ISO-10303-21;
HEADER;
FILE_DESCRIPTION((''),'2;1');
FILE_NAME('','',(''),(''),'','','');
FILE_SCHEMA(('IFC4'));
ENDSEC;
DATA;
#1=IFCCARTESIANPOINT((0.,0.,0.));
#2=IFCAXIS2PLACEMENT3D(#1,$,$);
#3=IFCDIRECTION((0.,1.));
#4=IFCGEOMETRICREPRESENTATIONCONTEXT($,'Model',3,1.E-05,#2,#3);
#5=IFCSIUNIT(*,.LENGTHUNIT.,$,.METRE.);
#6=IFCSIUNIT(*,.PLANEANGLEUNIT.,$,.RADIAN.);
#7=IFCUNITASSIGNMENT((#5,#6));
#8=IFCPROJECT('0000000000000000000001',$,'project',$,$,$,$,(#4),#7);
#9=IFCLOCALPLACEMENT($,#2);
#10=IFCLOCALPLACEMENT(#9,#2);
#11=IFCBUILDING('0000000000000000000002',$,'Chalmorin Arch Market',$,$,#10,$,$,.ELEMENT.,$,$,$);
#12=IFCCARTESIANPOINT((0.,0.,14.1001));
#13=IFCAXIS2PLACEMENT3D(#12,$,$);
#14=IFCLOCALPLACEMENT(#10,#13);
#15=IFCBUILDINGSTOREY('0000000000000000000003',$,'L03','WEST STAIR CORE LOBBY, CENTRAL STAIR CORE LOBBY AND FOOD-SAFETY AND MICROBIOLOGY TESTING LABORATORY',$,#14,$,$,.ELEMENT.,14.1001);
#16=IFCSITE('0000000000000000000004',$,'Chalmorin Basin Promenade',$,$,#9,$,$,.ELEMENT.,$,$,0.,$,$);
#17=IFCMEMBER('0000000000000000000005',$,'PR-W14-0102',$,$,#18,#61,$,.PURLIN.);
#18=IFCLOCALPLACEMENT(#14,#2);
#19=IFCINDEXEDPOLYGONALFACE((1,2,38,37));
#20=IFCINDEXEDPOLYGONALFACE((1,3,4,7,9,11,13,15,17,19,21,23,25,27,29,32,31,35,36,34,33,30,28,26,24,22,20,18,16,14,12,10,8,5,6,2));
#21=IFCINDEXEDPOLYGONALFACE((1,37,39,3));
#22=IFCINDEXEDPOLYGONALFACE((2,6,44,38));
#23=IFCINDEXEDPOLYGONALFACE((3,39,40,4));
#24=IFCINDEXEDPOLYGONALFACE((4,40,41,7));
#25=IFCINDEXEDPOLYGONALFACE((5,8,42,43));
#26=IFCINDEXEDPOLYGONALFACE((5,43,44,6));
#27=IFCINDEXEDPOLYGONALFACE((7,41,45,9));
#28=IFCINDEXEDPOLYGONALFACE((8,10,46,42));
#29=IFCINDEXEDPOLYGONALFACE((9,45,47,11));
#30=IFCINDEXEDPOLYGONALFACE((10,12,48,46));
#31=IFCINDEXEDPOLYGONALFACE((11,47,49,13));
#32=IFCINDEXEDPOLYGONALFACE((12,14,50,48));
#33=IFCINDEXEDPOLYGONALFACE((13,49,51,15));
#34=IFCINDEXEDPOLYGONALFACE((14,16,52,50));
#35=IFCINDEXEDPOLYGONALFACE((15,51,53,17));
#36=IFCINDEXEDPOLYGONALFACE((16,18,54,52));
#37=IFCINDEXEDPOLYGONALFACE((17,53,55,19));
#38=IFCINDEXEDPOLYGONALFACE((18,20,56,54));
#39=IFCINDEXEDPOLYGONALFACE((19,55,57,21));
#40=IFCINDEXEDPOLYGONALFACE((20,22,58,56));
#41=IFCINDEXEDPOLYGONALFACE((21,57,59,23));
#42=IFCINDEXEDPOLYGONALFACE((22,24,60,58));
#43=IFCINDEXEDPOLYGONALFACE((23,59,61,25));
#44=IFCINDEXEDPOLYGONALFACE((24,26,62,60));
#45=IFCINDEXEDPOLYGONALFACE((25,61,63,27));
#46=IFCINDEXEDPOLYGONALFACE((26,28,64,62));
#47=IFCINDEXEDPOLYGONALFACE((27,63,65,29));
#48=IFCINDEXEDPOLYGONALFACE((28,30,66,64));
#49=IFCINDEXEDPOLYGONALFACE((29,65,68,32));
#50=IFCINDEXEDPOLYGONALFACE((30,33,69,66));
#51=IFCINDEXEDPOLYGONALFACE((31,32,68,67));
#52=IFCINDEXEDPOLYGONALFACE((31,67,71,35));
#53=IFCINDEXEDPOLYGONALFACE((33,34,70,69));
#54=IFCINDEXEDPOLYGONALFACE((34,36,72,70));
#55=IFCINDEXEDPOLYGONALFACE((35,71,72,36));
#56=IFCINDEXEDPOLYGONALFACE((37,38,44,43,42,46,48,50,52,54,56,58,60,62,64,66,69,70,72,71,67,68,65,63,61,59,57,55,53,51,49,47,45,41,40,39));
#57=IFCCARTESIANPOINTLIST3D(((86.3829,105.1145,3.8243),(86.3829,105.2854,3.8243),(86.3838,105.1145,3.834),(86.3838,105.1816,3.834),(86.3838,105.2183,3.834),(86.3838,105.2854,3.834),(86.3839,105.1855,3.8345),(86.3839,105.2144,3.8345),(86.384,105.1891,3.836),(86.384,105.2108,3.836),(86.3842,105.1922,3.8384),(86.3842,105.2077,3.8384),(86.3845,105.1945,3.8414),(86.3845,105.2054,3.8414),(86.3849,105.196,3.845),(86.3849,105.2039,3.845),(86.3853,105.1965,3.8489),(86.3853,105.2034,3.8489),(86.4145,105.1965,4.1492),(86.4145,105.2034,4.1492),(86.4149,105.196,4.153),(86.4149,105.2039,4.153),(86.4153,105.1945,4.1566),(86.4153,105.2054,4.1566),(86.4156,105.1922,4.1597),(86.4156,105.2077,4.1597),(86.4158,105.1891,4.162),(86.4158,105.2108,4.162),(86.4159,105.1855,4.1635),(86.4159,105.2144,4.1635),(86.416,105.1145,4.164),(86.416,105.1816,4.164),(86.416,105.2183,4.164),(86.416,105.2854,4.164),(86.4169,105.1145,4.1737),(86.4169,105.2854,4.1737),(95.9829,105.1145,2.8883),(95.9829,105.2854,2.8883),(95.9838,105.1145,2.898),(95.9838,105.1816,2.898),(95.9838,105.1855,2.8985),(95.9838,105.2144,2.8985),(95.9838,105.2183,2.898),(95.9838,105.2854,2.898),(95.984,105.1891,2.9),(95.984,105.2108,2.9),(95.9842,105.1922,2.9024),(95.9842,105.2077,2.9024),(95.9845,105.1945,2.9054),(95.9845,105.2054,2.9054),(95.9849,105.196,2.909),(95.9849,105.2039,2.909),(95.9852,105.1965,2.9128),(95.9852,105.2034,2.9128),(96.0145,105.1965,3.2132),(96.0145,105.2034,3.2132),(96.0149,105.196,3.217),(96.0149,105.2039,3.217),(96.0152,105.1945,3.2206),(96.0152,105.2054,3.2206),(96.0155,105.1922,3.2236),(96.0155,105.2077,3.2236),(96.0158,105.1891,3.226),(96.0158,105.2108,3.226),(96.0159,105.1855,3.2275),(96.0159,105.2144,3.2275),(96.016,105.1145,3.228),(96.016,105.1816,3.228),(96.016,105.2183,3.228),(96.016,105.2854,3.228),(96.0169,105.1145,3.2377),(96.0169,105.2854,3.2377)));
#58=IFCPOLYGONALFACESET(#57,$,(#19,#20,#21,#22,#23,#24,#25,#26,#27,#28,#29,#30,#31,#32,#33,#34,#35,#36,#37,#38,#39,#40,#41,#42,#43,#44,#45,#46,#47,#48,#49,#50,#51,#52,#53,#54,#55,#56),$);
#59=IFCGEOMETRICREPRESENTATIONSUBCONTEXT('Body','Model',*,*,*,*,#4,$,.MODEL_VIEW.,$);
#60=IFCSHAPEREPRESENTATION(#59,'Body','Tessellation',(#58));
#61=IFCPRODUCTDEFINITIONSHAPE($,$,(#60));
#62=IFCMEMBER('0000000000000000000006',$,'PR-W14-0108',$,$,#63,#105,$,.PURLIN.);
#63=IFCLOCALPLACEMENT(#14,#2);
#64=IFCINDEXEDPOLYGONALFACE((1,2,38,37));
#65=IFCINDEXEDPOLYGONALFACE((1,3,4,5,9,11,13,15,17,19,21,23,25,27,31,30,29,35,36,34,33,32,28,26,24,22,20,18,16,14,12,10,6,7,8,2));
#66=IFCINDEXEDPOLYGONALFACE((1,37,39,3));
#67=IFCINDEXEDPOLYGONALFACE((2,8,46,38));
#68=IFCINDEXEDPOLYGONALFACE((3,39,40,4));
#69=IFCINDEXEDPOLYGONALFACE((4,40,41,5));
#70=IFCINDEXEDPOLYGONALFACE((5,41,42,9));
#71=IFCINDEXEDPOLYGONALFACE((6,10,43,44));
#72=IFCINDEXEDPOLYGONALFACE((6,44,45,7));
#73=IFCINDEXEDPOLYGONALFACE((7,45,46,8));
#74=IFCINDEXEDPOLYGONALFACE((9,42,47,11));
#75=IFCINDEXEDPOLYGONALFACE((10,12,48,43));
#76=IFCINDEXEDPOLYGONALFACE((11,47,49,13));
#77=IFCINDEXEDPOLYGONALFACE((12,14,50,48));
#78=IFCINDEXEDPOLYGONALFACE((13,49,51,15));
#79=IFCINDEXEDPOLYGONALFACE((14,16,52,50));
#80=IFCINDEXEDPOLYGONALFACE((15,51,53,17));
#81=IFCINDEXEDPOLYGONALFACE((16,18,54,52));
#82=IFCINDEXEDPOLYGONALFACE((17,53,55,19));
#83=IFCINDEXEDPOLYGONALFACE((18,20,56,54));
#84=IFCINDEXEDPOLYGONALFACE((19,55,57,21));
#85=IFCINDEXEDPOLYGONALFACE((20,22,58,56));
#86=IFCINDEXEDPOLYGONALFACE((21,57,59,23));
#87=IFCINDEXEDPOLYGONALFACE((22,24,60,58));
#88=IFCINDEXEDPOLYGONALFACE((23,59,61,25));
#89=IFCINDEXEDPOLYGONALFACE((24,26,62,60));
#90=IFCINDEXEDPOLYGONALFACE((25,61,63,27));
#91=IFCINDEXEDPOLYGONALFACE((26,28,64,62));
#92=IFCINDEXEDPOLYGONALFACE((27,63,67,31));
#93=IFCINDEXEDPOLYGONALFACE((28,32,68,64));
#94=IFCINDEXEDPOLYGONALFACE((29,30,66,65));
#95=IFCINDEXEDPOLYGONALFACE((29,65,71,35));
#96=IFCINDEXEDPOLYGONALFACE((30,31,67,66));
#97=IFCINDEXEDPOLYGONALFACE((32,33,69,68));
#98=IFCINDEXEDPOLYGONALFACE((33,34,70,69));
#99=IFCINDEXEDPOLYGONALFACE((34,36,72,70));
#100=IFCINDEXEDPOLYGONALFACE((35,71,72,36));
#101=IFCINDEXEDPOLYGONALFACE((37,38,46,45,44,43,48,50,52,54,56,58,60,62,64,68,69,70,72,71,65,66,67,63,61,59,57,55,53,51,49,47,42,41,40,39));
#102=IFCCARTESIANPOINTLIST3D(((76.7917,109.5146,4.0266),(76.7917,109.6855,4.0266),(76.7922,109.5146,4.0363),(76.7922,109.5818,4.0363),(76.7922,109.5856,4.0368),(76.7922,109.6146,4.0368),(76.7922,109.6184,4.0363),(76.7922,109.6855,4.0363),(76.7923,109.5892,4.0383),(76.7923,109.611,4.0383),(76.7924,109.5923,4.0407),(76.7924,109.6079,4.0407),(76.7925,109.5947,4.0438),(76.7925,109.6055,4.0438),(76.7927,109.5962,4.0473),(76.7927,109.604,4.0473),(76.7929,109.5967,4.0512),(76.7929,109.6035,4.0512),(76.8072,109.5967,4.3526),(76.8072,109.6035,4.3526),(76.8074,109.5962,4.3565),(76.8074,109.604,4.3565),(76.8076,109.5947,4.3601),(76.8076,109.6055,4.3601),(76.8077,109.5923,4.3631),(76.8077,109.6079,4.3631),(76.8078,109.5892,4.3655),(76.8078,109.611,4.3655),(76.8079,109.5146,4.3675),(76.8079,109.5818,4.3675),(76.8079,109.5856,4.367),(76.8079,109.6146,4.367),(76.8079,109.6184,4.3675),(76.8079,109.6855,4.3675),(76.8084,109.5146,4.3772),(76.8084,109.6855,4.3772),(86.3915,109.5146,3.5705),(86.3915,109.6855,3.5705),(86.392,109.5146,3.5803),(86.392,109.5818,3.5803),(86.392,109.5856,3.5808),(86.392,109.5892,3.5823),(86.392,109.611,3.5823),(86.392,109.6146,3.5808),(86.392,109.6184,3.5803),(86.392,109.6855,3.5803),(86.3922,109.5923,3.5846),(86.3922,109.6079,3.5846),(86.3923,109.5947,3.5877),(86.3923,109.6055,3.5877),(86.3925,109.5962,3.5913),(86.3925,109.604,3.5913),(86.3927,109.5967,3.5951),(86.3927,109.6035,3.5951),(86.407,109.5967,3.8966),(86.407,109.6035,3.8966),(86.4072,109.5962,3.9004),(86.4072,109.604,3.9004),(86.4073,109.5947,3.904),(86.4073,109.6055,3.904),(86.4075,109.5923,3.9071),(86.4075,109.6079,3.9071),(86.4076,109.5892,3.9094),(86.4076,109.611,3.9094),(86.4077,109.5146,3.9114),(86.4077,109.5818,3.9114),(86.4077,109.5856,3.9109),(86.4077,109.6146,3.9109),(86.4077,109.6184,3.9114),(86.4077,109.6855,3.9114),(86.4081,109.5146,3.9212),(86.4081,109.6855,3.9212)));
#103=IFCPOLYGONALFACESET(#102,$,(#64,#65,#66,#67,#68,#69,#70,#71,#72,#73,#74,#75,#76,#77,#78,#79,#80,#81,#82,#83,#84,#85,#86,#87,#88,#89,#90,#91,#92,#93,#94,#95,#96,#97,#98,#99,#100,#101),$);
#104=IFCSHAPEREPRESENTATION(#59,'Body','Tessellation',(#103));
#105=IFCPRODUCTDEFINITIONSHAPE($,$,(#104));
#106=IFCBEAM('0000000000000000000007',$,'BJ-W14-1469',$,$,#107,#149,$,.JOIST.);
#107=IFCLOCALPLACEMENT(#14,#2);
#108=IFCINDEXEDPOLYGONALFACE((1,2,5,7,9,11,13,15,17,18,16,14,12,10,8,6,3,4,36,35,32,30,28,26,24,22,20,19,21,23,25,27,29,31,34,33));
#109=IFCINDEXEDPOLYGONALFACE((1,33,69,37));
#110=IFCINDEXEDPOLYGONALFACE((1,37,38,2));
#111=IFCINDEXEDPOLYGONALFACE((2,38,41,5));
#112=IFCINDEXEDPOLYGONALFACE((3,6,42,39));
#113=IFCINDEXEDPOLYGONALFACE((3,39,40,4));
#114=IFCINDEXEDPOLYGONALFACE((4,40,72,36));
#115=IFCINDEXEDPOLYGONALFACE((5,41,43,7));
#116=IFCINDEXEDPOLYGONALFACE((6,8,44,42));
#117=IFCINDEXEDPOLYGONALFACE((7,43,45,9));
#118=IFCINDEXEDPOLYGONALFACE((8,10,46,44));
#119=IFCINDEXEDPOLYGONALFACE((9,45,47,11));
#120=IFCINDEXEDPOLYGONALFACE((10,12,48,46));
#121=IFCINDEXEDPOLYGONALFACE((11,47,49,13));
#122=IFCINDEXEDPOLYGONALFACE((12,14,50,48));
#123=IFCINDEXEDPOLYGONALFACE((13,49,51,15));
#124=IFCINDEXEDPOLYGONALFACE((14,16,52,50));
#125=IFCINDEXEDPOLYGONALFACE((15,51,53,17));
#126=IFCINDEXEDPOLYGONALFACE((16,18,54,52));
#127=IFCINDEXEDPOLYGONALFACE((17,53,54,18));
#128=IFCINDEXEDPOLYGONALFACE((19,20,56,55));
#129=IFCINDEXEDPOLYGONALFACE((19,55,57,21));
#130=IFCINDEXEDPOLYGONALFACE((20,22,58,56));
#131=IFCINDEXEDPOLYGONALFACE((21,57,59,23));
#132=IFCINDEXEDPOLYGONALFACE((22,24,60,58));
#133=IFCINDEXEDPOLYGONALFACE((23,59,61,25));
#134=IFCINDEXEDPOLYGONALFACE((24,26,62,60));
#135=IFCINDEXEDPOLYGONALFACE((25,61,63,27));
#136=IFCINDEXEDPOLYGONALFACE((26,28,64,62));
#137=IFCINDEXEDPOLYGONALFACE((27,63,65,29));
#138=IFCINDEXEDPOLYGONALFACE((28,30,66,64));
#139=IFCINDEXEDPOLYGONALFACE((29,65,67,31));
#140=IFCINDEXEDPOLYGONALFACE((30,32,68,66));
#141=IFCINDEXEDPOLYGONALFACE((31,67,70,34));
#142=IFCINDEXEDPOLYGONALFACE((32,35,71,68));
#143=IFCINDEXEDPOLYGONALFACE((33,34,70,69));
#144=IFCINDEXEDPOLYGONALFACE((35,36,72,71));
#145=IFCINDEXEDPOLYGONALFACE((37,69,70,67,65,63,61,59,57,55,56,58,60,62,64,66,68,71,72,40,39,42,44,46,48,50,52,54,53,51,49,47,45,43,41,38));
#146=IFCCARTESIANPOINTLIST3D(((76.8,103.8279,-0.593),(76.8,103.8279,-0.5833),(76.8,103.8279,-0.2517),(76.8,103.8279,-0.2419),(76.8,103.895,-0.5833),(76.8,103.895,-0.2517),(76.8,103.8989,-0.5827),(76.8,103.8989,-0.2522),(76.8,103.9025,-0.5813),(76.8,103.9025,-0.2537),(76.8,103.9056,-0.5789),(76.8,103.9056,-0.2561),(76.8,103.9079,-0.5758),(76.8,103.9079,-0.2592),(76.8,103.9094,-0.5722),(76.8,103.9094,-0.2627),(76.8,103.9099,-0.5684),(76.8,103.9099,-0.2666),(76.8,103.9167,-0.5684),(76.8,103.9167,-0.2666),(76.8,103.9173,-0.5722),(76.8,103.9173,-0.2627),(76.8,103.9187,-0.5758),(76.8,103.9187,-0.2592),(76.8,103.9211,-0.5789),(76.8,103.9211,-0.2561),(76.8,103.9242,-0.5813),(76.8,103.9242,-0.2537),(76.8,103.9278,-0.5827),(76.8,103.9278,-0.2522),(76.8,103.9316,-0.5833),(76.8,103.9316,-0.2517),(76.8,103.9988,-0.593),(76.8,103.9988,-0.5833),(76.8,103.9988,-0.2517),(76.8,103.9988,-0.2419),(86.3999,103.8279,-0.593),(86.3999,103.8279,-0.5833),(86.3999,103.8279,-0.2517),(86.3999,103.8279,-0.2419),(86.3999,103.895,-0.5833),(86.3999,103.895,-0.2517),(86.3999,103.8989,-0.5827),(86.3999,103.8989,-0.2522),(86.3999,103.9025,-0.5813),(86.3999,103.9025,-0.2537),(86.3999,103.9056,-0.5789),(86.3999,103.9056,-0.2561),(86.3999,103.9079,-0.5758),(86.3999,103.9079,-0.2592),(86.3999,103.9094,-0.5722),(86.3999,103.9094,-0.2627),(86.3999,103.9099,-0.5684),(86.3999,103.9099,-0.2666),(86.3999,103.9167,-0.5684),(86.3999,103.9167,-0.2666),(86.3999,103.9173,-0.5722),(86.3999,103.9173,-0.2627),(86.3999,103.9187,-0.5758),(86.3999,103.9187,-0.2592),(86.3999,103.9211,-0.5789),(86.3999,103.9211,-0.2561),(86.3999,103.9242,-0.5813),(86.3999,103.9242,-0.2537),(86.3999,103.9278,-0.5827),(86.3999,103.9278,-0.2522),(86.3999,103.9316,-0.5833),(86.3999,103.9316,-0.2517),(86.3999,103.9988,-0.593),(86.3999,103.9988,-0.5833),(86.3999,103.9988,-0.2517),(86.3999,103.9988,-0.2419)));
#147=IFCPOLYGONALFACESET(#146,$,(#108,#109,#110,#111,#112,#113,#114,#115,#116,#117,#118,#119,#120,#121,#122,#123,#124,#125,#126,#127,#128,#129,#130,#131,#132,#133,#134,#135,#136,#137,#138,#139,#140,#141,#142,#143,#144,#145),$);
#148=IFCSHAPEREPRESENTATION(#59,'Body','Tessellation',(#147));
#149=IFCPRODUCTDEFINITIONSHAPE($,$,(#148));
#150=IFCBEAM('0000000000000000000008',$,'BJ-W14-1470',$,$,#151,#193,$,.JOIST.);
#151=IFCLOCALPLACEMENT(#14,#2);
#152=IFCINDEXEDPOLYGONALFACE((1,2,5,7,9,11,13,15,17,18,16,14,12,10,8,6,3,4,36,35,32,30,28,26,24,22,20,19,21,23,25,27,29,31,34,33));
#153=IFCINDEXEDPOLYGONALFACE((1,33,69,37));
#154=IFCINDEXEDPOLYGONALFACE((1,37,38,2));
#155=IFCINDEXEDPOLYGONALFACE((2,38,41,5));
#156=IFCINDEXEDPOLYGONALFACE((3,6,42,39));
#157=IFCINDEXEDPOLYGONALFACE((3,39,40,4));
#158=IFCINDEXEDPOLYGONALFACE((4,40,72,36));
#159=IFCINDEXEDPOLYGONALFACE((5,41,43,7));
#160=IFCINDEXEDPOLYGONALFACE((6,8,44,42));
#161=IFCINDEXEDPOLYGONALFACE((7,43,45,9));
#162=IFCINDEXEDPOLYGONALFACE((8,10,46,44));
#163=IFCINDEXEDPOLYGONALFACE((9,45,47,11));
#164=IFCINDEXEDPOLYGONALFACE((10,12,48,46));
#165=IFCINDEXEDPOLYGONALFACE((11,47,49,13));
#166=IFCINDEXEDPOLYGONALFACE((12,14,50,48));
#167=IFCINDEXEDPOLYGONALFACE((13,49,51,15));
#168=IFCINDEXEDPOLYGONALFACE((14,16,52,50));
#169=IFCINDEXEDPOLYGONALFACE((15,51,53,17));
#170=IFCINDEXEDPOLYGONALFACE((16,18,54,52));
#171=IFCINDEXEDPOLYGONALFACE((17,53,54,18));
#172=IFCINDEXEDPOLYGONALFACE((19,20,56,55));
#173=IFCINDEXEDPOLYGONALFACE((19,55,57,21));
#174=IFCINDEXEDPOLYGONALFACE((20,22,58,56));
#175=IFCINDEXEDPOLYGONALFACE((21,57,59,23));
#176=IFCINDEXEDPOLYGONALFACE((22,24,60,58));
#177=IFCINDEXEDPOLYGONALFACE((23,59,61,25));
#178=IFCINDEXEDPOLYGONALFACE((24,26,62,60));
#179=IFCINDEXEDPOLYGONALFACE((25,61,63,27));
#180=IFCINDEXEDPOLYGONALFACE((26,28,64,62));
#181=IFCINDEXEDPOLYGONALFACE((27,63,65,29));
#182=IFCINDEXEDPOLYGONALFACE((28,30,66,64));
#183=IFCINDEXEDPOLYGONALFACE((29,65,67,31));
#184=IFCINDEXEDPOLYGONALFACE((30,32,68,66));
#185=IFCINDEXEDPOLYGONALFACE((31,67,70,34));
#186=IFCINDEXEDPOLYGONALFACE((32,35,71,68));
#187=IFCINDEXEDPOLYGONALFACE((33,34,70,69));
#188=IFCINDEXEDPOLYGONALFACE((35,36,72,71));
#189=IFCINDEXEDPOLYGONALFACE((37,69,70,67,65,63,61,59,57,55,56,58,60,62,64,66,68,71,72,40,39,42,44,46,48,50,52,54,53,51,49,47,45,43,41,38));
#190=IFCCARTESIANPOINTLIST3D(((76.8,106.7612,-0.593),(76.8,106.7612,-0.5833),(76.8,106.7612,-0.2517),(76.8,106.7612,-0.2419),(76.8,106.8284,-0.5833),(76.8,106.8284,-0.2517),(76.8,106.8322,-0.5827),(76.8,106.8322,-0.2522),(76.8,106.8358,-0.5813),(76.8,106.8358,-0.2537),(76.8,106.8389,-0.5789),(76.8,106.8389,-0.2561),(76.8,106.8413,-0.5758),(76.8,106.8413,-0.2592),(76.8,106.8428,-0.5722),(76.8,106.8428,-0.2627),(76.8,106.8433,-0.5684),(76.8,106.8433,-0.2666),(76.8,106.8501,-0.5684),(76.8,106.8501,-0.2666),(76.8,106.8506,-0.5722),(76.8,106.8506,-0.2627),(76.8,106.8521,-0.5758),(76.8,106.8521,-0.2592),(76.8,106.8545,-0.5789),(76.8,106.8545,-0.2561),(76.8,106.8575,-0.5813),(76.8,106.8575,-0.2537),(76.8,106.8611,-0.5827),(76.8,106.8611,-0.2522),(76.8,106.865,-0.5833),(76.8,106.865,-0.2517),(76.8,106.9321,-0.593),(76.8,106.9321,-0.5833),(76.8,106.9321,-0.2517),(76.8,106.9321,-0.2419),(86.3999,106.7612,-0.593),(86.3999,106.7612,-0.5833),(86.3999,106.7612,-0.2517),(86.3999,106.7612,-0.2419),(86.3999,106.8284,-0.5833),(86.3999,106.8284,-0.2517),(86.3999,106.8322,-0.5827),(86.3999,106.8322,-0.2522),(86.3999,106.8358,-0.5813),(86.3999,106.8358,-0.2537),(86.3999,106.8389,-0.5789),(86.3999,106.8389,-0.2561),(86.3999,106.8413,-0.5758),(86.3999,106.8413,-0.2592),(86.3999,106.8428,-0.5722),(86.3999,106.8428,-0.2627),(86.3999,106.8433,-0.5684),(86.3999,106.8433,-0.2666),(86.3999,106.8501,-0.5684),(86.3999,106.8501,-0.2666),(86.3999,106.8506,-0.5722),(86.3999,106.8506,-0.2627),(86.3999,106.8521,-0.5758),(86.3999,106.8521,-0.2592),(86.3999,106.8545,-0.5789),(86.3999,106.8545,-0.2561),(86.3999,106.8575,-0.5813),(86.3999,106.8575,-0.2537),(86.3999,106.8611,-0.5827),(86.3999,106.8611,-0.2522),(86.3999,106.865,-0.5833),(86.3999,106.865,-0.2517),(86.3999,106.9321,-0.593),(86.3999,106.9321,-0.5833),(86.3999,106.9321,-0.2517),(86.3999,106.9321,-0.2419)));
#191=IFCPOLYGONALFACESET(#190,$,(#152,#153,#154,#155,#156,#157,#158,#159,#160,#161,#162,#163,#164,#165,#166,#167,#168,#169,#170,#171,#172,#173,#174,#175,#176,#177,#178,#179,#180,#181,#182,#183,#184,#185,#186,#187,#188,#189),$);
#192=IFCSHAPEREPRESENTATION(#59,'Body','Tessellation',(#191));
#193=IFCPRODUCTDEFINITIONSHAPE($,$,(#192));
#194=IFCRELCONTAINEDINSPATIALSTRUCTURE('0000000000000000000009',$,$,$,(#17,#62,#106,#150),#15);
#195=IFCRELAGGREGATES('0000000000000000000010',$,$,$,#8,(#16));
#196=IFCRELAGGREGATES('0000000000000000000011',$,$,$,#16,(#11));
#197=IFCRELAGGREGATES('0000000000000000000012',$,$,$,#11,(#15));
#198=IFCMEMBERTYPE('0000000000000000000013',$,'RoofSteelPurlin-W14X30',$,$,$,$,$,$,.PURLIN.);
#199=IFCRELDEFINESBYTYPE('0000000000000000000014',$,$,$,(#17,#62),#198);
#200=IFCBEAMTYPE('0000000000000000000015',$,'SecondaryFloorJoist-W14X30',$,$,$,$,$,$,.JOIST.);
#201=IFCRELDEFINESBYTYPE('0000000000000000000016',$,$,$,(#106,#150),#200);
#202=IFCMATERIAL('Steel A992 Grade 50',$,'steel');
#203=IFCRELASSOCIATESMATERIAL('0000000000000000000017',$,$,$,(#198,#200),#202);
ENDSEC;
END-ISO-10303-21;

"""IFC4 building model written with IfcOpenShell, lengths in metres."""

from ifc_helpers import new_model, si_unit, direction, frame, origin, origin_2d, place, context, subcontext, project, spatial, i_section, extrude, material, material_profile, profile_set, type_object, element, save


model = new_model("IFC4")

# Units and contexts
model_context = context("Model", 3, precision=1e-05, world=origin(), true_north=direction((0.0, 1.0)))
body_context = subcontext(model_context, "Body", "Model", "MODEL_VIEW")
ifc_project = project(units=[si_unit("LENGTHUNIT", "METRE"), si_unit("PLANEANGLEUNIT", "RADIAN")], contexts=[model_context])

# Site, building, storey
site_placement = place(None, origin())
site = spatial("IfcSite", under=ifc_project, at=site_placement, Name="Chalmorin Basin Promenade", CompositionType="ELEMENT", RefElevation=0.0)
building_placement = place(site_placement, origin())
building = spatial("IfcBuilding", under=site, at=building_placement, Name="Chalmorin Arch Market", CompositionType="ELEMENT")
storey_placement = place(building_placement, frame((0.0, 0.0, 14.1001)))
storey = spatial("IfcBuildingStorey", under=building, at=storey_placement, Name="L03", Description="WEST STAIR CORE LOBBY, CENTRAL STAIR CORE LOBBY AND FOOD-SAFETY AND MICROBIOLOGY TESTING LABORATORY", CompositionType="ELEMENT", Elevation=14.1001)

# Shared definitions
ifc_material_1 = material(Name="Steel A992 Grade 50", Category="steel")

# Members
ifc_material_profile_1 = material_profile(ifc_material_1, i_section(OverallWidth=0.1709, OverallDepth=0.3511, WebThickness=0.0068, FlangeThickness=0.0098, FilletRadius=0.0149, at=origin_2d()), Name="W14X30")
ifc_profile_set_1 = profile_set([ifc_material_profile_1], Name="Steel A992 Grade 50")
member_type = type_object("IfcMemberType", Name="RoofSteelPurlin-W14X30", PredefinedType="PURLIN", material=ifc_profile_set_1)
member_1_placement = place(storey_placement, frame((86.3999, 105.2, 3.999), z_axis=(0.99528, 0.0, -0.097042), x_axis=(0.0, 1.0, 0.0)))
element("IfcMember", 1, at=member_1_placement, inside=storey, type_object=member_type, Name="PR-W14-0102", PredefinedType="PURLIN", context=body_context, shape_type="SweptSolid", body=[
    extrude(i_section(OverallWidth=0.1709, OverallDepth=0.3511, WebThickness=0.0068, FlangeThickness=0.0098, FilletRadius=0.0149, at=origin_2d()), origin(), (0.0, 0.0, 1.0), 9.6455),
])
member_2_placement = place(storey_placement, frame((76.8, 109.6001, 4.2019), z_axis=(0.998873, 0.0, -0.047453), x_axis=(0.0, 1.0, 0.0)))
element("IfcMember", 2, at=member_2_placement, inside=storey, type_object=member_type, Name="PR-W14-0108", PredefinedType="PURLIN", context=body_context, shape_type="SweptSolid", body=[
    extrude(i_section(OverallWidth=0.1709, OverallDepth=0.3511, WebThickness=0.0068, FlangeThickness=0.0098, FilletRadius=0.0149, at=origin_2d()), origin(), (0.0, 0.0, 1.0), 9.6106),
])

# Beams
ifc_material_profile_2 = material_profile(ifc_material_1, i_section(OverallWidth=0.1709, OverallDepth=0.3511, WebThickness=0.0068, FlangeThickness=0.0098, FilletRadius=0.0149, at=origin_2d()), Name="W14X30")
ifc_profile_set_2 = profile_set([ifc_material_profile_2], Name="Steel A992 Grade 50")
beam_type_1 = type_object("IfcBeamType", Name="SecondaryFloorJoist-W14X30", PredefinedType="JOIST", material=ifc_profile_set_2)
for number, where, z_axis, x_axis, name in (
    (3, (76.8, 103.9133, -0.4175), (1.0, 0.0, 0.0), (0.0, 1.0, 0.0), "BJ-W14-1469"),
    (4, (76.8, 106.8467, -0.4175), (1.0, 0.0, 0.0), (0.0, 1.0, 0.0), "BJ-W14-1470"),
):
    element("IfcBeam", number, at=place(storey_placement, frame(where, z_axis=z_axis, x_axis=x_axis)), inside=storey, type_object=beam_type_1, Name=name, PredefinedType="JOIST", context=body_context, shape_type="SweptSolid", body=[
        extrude(i_section(OverallWidth=0.1709, OverallDepth=0.3511, WebThickness=0.0068, FlangeThickness=0.0098, FilletRadius=0.0149, at=origin_2d()), origin(), (0.0, 0.0, 1.0), 9.5999),
    ])

save(model, "model.ifc")
